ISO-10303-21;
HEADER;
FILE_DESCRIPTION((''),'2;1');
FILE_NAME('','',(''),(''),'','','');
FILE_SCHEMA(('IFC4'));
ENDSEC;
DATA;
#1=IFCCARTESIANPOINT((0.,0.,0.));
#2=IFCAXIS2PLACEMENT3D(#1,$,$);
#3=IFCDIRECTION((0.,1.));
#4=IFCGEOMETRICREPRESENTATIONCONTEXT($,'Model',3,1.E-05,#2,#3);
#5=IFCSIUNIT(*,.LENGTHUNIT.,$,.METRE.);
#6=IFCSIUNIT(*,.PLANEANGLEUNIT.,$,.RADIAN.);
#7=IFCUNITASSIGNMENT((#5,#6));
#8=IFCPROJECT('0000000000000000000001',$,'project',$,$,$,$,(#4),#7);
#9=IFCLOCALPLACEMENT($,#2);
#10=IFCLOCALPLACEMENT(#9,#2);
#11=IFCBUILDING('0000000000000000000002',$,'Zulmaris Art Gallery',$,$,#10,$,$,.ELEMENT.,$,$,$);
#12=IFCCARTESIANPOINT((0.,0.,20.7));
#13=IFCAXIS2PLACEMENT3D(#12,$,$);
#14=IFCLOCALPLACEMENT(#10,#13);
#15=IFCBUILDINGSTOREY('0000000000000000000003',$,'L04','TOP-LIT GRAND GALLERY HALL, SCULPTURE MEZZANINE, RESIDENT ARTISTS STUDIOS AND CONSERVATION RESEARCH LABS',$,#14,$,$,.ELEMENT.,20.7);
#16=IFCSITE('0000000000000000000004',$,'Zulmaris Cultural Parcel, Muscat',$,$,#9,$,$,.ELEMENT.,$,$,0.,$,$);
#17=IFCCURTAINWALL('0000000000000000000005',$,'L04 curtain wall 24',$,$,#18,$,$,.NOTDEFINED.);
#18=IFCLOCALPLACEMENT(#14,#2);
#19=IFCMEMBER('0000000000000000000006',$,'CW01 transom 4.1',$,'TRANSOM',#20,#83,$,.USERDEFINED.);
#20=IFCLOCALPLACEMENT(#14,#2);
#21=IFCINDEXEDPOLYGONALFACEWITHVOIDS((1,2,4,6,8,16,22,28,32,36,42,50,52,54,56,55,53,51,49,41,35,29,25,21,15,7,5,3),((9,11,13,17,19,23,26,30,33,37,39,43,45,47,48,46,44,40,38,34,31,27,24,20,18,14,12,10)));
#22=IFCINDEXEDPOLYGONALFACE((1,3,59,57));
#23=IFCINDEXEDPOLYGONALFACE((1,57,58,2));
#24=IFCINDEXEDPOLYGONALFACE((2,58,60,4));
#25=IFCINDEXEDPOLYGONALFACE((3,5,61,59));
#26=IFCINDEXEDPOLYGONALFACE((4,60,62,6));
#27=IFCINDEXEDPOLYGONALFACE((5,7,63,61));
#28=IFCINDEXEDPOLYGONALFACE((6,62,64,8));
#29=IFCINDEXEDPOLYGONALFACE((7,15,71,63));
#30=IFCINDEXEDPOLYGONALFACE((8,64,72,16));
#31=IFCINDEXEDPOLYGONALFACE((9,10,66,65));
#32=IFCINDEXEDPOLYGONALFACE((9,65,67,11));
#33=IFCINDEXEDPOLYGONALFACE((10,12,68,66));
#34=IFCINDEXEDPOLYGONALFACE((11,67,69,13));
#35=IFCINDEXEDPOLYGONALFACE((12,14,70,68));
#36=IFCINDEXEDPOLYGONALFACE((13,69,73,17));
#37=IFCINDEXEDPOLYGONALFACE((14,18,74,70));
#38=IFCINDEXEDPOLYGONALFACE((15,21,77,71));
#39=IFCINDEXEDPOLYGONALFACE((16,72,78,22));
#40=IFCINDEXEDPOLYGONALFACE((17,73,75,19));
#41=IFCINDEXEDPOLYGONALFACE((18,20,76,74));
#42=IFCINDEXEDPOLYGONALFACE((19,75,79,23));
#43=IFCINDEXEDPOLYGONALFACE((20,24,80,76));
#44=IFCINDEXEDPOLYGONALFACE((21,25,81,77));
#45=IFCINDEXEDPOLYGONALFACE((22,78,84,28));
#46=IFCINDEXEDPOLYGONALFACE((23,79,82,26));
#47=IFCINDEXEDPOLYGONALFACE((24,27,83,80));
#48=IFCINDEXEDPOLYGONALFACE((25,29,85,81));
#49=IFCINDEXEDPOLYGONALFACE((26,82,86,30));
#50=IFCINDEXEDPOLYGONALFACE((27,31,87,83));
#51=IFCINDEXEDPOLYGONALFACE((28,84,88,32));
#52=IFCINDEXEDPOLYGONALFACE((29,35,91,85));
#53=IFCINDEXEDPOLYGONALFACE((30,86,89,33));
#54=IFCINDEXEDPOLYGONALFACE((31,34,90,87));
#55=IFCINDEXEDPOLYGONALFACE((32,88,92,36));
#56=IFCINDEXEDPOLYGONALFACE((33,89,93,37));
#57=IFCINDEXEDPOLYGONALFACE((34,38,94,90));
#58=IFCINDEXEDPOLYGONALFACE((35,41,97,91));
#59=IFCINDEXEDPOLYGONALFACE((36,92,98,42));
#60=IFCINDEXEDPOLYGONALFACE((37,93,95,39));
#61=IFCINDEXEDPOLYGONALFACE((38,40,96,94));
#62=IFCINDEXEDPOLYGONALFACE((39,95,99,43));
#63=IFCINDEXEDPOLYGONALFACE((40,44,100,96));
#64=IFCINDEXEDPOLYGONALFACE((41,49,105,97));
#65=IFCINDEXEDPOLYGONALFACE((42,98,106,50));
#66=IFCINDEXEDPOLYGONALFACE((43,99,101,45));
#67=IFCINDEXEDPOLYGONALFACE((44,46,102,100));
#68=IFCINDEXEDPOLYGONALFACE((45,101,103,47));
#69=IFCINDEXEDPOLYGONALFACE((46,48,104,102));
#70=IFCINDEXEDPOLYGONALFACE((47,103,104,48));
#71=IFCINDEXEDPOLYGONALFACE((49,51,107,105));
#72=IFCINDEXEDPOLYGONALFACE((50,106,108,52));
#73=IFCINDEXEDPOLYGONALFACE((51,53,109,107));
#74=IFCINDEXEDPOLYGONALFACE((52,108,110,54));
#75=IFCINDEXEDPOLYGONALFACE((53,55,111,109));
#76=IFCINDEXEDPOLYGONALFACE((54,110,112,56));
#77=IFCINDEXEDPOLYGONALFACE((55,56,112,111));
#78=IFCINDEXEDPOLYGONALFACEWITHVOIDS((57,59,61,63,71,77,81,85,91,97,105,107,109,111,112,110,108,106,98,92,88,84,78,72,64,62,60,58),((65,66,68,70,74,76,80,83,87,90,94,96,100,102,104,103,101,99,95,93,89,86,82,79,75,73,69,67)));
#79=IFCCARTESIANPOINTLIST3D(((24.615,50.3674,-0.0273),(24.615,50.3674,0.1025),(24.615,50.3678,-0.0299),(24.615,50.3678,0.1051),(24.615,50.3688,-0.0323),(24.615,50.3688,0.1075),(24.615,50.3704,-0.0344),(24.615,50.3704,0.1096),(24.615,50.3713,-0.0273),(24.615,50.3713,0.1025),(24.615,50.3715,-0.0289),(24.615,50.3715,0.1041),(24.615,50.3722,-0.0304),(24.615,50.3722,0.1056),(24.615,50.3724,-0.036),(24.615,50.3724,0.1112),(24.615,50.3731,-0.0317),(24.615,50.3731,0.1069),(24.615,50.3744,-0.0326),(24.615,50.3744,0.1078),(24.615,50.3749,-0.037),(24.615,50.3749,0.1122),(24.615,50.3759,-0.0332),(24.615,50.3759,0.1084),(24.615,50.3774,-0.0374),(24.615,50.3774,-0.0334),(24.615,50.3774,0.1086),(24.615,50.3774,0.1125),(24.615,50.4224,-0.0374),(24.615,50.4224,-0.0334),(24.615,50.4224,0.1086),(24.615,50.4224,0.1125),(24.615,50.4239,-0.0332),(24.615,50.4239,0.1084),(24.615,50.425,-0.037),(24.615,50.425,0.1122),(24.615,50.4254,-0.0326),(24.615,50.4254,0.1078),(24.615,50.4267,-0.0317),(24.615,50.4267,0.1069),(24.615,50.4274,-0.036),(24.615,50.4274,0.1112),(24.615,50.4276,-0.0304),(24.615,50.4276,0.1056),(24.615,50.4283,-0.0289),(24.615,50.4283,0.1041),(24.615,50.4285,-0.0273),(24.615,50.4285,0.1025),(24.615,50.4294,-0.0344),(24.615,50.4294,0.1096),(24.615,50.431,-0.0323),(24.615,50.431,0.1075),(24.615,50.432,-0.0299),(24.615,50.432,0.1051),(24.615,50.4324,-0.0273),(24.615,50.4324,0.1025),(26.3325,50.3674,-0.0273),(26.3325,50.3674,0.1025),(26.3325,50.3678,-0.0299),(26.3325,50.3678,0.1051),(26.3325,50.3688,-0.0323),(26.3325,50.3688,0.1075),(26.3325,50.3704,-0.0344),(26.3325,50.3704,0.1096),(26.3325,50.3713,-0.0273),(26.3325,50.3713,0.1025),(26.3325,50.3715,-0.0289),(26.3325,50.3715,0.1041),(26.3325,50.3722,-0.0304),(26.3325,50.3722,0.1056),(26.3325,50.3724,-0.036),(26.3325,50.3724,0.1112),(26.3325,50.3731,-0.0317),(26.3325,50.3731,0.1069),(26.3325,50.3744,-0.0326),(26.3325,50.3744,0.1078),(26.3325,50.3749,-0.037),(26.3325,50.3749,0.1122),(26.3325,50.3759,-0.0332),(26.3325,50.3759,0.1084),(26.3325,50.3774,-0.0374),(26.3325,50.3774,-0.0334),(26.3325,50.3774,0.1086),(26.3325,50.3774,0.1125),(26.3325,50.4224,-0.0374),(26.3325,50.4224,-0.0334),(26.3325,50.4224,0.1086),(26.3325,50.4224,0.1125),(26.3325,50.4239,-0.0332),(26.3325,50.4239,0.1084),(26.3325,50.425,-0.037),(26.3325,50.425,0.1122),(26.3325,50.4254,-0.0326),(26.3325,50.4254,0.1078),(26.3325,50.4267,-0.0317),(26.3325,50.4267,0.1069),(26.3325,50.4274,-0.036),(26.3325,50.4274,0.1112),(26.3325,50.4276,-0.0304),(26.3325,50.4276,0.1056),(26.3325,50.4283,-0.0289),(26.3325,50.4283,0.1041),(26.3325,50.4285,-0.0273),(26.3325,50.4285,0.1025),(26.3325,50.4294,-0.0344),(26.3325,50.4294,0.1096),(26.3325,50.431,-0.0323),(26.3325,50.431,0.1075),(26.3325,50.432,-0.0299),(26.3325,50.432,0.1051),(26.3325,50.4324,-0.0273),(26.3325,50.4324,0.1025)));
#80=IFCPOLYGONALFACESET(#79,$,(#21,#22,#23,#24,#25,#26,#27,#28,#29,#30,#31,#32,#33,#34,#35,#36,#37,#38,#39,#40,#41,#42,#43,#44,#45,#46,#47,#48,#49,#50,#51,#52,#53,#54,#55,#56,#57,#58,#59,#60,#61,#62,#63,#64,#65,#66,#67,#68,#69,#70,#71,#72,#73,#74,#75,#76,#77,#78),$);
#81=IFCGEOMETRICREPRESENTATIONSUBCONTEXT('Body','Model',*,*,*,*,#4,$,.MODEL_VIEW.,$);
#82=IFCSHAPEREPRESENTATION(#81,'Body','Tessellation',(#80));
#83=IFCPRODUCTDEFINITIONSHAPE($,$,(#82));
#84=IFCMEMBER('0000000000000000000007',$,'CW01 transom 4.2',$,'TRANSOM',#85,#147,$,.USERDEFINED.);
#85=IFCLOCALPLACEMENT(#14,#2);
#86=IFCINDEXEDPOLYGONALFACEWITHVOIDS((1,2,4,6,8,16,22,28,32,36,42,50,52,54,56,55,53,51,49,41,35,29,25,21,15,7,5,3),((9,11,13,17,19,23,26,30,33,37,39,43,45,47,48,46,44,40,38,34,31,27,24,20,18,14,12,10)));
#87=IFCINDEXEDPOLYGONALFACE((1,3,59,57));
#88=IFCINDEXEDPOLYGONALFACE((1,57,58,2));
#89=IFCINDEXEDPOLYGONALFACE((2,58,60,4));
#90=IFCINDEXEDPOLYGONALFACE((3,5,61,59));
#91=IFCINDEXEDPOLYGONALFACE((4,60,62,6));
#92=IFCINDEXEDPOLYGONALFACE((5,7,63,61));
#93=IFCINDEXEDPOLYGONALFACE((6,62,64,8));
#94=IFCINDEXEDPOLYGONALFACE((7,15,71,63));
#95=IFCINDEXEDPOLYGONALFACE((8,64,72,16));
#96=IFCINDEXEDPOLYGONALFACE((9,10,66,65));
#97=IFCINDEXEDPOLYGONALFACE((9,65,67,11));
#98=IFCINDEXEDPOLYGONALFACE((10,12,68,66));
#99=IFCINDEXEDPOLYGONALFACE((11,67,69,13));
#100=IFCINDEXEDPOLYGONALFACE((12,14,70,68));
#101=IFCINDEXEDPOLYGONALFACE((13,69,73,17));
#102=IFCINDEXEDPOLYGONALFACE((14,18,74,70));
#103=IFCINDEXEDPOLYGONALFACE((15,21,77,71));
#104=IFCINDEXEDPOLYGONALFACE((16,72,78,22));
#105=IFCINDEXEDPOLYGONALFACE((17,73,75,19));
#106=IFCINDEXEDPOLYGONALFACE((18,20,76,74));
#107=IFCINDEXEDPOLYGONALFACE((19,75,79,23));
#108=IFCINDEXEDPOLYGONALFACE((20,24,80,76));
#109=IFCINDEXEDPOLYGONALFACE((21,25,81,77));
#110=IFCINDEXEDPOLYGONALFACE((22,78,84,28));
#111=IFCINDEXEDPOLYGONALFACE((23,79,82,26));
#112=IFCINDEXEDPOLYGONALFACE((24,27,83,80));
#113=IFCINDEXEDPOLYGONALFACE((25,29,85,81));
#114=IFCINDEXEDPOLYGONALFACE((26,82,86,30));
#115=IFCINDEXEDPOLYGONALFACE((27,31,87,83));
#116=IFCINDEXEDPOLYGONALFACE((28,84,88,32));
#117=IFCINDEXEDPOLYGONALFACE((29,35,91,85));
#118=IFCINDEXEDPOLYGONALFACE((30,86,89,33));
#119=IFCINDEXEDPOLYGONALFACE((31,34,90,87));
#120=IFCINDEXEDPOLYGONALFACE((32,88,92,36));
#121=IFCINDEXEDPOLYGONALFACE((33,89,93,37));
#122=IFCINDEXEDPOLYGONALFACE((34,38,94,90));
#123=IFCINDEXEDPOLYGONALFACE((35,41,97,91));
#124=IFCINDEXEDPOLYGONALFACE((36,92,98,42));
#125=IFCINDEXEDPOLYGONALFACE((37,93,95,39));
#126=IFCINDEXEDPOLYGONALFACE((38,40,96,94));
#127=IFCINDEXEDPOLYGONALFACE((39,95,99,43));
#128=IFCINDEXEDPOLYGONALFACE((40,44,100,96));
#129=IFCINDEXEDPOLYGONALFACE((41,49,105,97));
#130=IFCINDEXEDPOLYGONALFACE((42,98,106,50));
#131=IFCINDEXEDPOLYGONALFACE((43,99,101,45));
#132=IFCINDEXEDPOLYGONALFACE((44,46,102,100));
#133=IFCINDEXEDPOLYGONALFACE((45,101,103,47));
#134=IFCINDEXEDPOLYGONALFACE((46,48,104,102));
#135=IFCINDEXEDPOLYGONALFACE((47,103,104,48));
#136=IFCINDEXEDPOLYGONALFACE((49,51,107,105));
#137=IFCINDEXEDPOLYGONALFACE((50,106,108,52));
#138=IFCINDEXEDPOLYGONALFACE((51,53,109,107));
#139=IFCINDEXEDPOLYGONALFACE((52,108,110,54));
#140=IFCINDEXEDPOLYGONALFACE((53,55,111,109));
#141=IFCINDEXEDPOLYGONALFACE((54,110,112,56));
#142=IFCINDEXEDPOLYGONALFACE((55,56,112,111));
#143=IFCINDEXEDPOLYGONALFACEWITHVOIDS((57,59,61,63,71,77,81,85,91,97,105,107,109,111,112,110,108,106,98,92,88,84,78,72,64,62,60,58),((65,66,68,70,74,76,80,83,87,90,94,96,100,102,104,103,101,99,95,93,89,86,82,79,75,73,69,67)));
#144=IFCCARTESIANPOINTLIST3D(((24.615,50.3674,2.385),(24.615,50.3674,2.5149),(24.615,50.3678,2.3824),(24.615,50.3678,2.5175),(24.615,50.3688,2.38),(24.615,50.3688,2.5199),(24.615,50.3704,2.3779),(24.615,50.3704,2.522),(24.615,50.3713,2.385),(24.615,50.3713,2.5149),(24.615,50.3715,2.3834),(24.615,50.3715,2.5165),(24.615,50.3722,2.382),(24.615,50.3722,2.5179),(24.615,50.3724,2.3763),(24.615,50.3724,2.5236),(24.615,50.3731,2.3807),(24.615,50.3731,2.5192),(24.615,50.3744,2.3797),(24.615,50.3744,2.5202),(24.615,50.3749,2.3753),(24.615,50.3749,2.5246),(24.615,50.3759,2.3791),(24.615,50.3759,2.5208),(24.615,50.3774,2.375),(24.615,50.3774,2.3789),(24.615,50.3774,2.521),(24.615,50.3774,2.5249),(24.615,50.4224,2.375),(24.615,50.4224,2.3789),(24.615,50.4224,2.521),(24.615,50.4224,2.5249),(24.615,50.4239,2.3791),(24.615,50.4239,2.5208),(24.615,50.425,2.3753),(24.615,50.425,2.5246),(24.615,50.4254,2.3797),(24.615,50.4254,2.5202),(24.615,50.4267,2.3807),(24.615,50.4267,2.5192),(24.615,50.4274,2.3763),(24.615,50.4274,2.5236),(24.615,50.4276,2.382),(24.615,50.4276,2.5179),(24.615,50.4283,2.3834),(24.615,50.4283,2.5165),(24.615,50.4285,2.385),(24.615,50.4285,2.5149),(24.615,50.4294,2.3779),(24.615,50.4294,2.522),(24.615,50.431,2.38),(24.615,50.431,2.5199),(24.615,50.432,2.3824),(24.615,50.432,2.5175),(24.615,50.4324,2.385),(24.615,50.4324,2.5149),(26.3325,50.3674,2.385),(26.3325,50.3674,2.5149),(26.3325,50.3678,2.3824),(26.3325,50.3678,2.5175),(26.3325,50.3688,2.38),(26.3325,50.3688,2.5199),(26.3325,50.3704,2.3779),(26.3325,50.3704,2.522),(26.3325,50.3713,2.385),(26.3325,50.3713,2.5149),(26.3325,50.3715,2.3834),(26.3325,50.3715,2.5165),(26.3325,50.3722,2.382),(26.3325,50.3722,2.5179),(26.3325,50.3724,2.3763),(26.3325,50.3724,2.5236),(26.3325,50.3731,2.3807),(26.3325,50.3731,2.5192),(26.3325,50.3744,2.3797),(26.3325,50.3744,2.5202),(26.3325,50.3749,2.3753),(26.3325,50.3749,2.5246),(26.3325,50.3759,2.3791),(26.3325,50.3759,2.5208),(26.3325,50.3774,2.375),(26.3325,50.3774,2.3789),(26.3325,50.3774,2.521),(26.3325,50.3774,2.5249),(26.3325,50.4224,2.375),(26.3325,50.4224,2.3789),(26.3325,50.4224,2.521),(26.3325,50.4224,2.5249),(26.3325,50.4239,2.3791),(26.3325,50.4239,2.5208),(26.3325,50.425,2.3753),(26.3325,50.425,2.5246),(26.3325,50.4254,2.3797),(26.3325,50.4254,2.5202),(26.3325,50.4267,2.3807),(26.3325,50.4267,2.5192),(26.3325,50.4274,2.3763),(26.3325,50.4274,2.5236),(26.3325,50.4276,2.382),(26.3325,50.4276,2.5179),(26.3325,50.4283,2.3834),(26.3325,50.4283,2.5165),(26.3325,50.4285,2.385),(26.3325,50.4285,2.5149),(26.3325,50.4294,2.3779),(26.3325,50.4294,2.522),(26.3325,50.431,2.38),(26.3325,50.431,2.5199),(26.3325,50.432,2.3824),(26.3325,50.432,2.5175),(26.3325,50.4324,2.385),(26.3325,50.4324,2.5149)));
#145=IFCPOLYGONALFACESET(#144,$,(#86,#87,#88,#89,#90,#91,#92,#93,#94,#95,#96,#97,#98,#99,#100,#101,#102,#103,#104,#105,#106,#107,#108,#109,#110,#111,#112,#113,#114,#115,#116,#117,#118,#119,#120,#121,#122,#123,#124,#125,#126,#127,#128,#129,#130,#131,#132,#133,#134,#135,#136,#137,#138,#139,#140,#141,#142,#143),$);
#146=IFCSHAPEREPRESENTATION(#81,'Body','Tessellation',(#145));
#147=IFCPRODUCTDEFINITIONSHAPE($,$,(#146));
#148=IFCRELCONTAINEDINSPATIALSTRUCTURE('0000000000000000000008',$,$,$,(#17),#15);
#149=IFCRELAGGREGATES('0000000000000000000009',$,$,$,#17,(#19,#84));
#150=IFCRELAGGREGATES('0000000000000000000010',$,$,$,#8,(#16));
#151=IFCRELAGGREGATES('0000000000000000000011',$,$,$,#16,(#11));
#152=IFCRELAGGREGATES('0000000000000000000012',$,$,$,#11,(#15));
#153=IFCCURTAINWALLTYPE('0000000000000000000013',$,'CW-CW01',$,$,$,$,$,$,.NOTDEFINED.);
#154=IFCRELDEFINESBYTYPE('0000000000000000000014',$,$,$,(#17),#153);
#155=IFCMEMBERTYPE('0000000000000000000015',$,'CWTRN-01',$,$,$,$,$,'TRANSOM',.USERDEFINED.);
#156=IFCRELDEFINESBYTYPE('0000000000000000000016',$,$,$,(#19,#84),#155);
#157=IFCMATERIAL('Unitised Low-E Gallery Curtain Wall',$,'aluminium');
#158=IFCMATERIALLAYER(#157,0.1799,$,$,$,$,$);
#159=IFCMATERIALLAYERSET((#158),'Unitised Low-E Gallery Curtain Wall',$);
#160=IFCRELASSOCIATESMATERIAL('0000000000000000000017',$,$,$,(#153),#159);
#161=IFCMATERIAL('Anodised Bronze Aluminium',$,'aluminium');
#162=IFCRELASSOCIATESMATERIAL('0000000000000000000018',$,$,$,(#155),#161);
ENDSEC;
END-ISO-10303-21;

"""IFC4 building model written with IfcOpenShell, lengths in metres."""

from ifc_helpers import new_model, si_unit, direction, frame, origin, origin_2d, place, context, subcontext, project, spatial, hollow_rectangle, extrude, material, layer, layer_set, material_profile, profile_set, type_object, element, aggregate, save


model = new_model("IFC4")

# Units and contexts
model_context = context("Model", 3, precision=1e-05, world=origin(), true_north=direction((0.0, 1.0)))
body_context = subcontext(model_context, "Body", "Model", "MODEL_VIEW")
ifc_project = project(units=[si_unit("LENGTHUNIT", "METRE"), si_unit("PLANEANGLEUNIT", "RADIAN")], contexts=[model_context])

# Site, building, storey
site_placement = place(None, origin())
site = spatial("IfcSite", under=ifc_project, at=site_placement, Name="Zulmaris Cultural Parcel, Muscat", CompositionType="ELEMENT", RefElevation=0.0)
building_placement = place(site_placement, origin())
building = spatial("IfcBuilding", under=site, at=building_placement, Name="Zulmaris Art Gallery", CompositionType="ELEMENT")
storey_placement = place(building_placement, frame((0.0, 0.0, 20.7)))
storey = spatial("IfcBuildingStorey", under=building, at=storey_placement, Name="L04", Description="TOP-LIT GRAND GALLERY HALL, SCULPTURE MEZZANINE, RESIDENT ARTISTS STUDIOS AND CONSERVATION RESEARCH LABS", CompositionType="ELEMENT", Elevation=20.7)

# Curtain wall, members
ifc_material_1 = material(Name="Unitised Low-E Gallery Curtain Wall", Category="aluminium")
ifc_layer_1 = layer(ifc_material_1, 0.1799)
ifc_layer_set_1 = layer_set([ifc_layer_1], Name="Unitised Low-E Gallery Curtain Wall")
curtain_wall_type = type_object("IfcCurtainWallType", Name="CW-CW01", PredefinedType="NOTDEFINED", material=ifc_layer_set_1)
curtain_wall_placement = place(storey_placement, origin())
curtain_wall = element("IfcCurtainWall", 1, at=curtain_wall_placement, inside=storey, type_object=curtain_wall_type, Name="L04 curtain wall 24", PredefinedType="NOTDEFINED")
ifc_material_2 = material(Name="Anodised Bronze Aluminium", Category="aluminium")
ifc_material_profile_1 = material_profile(ifc_material_2, hollow_rectangle(XDim=0.0649, YDim=0.1499, WallThickness=0.0039, InnerFilletRadius=0.0061, OuterFilletRadius=0.01, at=origin_2d()), Name="ALU 65x150x4")
ifc_profile_set_1 = profile_set([ifc_material_profile_1], Name="Anodised Bronze Aluminium")
member_type_1 = type_object("IfcMemberType", Name="CWTRN-01", ElementType="TRANSOM", PredefinedType="USERDEFINED", material=ifc_profile_set_1)
member_1_placement = place(storey_placement, frame((26.3325, 50.3999, 0.0376), z_axis=(-1.0, 0.0, 0.0), x_axis=(0.0, -1.0, 0.0)))
member_1 = element("IfcMember", 2, at=member_1_placement, type_object=member_type_1, Name="CW01 transom 4.1", ObjectType="TRANSOM", PredefinedType="USERDEFINED", context=body_context, shape_type="SweptSolid", body=[
    extrude(hollow_rectangle(XDim=0.0649, YDim=0.1499, WallThickness=0.0039, InnerFilletRadius=0.0061, OuterFilletRadius=0.01, at=origin_2d()), origin(), (0.0, 0.0, 1.0), 1.7175),
])
member_2_placement = place(storey_placement, frame((26.3325, 50.3999, 2.45), z_axis=(-1.0, 0.0, 0.0), x_axis=(0.0, -1.0, 0.0)))
member_2 = element("IfcMember", 3, at=member_2_placement, type_object=member_type_1, Name="CW01 transom 4.2", ObjectType="TRANSOM", PredefinedType="USERDEFINED", context=body_context, shape_type="SweptSolid", body=[
    extrude(hollow_rectangle(XDim=0.0649, YDim=0.1499, WallThickness=0.0039, InnerFilletRadius=0.0061, OuterFilletRadius=0.01, at=origin_2d()), origin(), (0.0, 0.0, 1.0), 1.7175),
])

aggregate(curtain_wall, [member_1, member_2])

save(model, "model.ifc")
